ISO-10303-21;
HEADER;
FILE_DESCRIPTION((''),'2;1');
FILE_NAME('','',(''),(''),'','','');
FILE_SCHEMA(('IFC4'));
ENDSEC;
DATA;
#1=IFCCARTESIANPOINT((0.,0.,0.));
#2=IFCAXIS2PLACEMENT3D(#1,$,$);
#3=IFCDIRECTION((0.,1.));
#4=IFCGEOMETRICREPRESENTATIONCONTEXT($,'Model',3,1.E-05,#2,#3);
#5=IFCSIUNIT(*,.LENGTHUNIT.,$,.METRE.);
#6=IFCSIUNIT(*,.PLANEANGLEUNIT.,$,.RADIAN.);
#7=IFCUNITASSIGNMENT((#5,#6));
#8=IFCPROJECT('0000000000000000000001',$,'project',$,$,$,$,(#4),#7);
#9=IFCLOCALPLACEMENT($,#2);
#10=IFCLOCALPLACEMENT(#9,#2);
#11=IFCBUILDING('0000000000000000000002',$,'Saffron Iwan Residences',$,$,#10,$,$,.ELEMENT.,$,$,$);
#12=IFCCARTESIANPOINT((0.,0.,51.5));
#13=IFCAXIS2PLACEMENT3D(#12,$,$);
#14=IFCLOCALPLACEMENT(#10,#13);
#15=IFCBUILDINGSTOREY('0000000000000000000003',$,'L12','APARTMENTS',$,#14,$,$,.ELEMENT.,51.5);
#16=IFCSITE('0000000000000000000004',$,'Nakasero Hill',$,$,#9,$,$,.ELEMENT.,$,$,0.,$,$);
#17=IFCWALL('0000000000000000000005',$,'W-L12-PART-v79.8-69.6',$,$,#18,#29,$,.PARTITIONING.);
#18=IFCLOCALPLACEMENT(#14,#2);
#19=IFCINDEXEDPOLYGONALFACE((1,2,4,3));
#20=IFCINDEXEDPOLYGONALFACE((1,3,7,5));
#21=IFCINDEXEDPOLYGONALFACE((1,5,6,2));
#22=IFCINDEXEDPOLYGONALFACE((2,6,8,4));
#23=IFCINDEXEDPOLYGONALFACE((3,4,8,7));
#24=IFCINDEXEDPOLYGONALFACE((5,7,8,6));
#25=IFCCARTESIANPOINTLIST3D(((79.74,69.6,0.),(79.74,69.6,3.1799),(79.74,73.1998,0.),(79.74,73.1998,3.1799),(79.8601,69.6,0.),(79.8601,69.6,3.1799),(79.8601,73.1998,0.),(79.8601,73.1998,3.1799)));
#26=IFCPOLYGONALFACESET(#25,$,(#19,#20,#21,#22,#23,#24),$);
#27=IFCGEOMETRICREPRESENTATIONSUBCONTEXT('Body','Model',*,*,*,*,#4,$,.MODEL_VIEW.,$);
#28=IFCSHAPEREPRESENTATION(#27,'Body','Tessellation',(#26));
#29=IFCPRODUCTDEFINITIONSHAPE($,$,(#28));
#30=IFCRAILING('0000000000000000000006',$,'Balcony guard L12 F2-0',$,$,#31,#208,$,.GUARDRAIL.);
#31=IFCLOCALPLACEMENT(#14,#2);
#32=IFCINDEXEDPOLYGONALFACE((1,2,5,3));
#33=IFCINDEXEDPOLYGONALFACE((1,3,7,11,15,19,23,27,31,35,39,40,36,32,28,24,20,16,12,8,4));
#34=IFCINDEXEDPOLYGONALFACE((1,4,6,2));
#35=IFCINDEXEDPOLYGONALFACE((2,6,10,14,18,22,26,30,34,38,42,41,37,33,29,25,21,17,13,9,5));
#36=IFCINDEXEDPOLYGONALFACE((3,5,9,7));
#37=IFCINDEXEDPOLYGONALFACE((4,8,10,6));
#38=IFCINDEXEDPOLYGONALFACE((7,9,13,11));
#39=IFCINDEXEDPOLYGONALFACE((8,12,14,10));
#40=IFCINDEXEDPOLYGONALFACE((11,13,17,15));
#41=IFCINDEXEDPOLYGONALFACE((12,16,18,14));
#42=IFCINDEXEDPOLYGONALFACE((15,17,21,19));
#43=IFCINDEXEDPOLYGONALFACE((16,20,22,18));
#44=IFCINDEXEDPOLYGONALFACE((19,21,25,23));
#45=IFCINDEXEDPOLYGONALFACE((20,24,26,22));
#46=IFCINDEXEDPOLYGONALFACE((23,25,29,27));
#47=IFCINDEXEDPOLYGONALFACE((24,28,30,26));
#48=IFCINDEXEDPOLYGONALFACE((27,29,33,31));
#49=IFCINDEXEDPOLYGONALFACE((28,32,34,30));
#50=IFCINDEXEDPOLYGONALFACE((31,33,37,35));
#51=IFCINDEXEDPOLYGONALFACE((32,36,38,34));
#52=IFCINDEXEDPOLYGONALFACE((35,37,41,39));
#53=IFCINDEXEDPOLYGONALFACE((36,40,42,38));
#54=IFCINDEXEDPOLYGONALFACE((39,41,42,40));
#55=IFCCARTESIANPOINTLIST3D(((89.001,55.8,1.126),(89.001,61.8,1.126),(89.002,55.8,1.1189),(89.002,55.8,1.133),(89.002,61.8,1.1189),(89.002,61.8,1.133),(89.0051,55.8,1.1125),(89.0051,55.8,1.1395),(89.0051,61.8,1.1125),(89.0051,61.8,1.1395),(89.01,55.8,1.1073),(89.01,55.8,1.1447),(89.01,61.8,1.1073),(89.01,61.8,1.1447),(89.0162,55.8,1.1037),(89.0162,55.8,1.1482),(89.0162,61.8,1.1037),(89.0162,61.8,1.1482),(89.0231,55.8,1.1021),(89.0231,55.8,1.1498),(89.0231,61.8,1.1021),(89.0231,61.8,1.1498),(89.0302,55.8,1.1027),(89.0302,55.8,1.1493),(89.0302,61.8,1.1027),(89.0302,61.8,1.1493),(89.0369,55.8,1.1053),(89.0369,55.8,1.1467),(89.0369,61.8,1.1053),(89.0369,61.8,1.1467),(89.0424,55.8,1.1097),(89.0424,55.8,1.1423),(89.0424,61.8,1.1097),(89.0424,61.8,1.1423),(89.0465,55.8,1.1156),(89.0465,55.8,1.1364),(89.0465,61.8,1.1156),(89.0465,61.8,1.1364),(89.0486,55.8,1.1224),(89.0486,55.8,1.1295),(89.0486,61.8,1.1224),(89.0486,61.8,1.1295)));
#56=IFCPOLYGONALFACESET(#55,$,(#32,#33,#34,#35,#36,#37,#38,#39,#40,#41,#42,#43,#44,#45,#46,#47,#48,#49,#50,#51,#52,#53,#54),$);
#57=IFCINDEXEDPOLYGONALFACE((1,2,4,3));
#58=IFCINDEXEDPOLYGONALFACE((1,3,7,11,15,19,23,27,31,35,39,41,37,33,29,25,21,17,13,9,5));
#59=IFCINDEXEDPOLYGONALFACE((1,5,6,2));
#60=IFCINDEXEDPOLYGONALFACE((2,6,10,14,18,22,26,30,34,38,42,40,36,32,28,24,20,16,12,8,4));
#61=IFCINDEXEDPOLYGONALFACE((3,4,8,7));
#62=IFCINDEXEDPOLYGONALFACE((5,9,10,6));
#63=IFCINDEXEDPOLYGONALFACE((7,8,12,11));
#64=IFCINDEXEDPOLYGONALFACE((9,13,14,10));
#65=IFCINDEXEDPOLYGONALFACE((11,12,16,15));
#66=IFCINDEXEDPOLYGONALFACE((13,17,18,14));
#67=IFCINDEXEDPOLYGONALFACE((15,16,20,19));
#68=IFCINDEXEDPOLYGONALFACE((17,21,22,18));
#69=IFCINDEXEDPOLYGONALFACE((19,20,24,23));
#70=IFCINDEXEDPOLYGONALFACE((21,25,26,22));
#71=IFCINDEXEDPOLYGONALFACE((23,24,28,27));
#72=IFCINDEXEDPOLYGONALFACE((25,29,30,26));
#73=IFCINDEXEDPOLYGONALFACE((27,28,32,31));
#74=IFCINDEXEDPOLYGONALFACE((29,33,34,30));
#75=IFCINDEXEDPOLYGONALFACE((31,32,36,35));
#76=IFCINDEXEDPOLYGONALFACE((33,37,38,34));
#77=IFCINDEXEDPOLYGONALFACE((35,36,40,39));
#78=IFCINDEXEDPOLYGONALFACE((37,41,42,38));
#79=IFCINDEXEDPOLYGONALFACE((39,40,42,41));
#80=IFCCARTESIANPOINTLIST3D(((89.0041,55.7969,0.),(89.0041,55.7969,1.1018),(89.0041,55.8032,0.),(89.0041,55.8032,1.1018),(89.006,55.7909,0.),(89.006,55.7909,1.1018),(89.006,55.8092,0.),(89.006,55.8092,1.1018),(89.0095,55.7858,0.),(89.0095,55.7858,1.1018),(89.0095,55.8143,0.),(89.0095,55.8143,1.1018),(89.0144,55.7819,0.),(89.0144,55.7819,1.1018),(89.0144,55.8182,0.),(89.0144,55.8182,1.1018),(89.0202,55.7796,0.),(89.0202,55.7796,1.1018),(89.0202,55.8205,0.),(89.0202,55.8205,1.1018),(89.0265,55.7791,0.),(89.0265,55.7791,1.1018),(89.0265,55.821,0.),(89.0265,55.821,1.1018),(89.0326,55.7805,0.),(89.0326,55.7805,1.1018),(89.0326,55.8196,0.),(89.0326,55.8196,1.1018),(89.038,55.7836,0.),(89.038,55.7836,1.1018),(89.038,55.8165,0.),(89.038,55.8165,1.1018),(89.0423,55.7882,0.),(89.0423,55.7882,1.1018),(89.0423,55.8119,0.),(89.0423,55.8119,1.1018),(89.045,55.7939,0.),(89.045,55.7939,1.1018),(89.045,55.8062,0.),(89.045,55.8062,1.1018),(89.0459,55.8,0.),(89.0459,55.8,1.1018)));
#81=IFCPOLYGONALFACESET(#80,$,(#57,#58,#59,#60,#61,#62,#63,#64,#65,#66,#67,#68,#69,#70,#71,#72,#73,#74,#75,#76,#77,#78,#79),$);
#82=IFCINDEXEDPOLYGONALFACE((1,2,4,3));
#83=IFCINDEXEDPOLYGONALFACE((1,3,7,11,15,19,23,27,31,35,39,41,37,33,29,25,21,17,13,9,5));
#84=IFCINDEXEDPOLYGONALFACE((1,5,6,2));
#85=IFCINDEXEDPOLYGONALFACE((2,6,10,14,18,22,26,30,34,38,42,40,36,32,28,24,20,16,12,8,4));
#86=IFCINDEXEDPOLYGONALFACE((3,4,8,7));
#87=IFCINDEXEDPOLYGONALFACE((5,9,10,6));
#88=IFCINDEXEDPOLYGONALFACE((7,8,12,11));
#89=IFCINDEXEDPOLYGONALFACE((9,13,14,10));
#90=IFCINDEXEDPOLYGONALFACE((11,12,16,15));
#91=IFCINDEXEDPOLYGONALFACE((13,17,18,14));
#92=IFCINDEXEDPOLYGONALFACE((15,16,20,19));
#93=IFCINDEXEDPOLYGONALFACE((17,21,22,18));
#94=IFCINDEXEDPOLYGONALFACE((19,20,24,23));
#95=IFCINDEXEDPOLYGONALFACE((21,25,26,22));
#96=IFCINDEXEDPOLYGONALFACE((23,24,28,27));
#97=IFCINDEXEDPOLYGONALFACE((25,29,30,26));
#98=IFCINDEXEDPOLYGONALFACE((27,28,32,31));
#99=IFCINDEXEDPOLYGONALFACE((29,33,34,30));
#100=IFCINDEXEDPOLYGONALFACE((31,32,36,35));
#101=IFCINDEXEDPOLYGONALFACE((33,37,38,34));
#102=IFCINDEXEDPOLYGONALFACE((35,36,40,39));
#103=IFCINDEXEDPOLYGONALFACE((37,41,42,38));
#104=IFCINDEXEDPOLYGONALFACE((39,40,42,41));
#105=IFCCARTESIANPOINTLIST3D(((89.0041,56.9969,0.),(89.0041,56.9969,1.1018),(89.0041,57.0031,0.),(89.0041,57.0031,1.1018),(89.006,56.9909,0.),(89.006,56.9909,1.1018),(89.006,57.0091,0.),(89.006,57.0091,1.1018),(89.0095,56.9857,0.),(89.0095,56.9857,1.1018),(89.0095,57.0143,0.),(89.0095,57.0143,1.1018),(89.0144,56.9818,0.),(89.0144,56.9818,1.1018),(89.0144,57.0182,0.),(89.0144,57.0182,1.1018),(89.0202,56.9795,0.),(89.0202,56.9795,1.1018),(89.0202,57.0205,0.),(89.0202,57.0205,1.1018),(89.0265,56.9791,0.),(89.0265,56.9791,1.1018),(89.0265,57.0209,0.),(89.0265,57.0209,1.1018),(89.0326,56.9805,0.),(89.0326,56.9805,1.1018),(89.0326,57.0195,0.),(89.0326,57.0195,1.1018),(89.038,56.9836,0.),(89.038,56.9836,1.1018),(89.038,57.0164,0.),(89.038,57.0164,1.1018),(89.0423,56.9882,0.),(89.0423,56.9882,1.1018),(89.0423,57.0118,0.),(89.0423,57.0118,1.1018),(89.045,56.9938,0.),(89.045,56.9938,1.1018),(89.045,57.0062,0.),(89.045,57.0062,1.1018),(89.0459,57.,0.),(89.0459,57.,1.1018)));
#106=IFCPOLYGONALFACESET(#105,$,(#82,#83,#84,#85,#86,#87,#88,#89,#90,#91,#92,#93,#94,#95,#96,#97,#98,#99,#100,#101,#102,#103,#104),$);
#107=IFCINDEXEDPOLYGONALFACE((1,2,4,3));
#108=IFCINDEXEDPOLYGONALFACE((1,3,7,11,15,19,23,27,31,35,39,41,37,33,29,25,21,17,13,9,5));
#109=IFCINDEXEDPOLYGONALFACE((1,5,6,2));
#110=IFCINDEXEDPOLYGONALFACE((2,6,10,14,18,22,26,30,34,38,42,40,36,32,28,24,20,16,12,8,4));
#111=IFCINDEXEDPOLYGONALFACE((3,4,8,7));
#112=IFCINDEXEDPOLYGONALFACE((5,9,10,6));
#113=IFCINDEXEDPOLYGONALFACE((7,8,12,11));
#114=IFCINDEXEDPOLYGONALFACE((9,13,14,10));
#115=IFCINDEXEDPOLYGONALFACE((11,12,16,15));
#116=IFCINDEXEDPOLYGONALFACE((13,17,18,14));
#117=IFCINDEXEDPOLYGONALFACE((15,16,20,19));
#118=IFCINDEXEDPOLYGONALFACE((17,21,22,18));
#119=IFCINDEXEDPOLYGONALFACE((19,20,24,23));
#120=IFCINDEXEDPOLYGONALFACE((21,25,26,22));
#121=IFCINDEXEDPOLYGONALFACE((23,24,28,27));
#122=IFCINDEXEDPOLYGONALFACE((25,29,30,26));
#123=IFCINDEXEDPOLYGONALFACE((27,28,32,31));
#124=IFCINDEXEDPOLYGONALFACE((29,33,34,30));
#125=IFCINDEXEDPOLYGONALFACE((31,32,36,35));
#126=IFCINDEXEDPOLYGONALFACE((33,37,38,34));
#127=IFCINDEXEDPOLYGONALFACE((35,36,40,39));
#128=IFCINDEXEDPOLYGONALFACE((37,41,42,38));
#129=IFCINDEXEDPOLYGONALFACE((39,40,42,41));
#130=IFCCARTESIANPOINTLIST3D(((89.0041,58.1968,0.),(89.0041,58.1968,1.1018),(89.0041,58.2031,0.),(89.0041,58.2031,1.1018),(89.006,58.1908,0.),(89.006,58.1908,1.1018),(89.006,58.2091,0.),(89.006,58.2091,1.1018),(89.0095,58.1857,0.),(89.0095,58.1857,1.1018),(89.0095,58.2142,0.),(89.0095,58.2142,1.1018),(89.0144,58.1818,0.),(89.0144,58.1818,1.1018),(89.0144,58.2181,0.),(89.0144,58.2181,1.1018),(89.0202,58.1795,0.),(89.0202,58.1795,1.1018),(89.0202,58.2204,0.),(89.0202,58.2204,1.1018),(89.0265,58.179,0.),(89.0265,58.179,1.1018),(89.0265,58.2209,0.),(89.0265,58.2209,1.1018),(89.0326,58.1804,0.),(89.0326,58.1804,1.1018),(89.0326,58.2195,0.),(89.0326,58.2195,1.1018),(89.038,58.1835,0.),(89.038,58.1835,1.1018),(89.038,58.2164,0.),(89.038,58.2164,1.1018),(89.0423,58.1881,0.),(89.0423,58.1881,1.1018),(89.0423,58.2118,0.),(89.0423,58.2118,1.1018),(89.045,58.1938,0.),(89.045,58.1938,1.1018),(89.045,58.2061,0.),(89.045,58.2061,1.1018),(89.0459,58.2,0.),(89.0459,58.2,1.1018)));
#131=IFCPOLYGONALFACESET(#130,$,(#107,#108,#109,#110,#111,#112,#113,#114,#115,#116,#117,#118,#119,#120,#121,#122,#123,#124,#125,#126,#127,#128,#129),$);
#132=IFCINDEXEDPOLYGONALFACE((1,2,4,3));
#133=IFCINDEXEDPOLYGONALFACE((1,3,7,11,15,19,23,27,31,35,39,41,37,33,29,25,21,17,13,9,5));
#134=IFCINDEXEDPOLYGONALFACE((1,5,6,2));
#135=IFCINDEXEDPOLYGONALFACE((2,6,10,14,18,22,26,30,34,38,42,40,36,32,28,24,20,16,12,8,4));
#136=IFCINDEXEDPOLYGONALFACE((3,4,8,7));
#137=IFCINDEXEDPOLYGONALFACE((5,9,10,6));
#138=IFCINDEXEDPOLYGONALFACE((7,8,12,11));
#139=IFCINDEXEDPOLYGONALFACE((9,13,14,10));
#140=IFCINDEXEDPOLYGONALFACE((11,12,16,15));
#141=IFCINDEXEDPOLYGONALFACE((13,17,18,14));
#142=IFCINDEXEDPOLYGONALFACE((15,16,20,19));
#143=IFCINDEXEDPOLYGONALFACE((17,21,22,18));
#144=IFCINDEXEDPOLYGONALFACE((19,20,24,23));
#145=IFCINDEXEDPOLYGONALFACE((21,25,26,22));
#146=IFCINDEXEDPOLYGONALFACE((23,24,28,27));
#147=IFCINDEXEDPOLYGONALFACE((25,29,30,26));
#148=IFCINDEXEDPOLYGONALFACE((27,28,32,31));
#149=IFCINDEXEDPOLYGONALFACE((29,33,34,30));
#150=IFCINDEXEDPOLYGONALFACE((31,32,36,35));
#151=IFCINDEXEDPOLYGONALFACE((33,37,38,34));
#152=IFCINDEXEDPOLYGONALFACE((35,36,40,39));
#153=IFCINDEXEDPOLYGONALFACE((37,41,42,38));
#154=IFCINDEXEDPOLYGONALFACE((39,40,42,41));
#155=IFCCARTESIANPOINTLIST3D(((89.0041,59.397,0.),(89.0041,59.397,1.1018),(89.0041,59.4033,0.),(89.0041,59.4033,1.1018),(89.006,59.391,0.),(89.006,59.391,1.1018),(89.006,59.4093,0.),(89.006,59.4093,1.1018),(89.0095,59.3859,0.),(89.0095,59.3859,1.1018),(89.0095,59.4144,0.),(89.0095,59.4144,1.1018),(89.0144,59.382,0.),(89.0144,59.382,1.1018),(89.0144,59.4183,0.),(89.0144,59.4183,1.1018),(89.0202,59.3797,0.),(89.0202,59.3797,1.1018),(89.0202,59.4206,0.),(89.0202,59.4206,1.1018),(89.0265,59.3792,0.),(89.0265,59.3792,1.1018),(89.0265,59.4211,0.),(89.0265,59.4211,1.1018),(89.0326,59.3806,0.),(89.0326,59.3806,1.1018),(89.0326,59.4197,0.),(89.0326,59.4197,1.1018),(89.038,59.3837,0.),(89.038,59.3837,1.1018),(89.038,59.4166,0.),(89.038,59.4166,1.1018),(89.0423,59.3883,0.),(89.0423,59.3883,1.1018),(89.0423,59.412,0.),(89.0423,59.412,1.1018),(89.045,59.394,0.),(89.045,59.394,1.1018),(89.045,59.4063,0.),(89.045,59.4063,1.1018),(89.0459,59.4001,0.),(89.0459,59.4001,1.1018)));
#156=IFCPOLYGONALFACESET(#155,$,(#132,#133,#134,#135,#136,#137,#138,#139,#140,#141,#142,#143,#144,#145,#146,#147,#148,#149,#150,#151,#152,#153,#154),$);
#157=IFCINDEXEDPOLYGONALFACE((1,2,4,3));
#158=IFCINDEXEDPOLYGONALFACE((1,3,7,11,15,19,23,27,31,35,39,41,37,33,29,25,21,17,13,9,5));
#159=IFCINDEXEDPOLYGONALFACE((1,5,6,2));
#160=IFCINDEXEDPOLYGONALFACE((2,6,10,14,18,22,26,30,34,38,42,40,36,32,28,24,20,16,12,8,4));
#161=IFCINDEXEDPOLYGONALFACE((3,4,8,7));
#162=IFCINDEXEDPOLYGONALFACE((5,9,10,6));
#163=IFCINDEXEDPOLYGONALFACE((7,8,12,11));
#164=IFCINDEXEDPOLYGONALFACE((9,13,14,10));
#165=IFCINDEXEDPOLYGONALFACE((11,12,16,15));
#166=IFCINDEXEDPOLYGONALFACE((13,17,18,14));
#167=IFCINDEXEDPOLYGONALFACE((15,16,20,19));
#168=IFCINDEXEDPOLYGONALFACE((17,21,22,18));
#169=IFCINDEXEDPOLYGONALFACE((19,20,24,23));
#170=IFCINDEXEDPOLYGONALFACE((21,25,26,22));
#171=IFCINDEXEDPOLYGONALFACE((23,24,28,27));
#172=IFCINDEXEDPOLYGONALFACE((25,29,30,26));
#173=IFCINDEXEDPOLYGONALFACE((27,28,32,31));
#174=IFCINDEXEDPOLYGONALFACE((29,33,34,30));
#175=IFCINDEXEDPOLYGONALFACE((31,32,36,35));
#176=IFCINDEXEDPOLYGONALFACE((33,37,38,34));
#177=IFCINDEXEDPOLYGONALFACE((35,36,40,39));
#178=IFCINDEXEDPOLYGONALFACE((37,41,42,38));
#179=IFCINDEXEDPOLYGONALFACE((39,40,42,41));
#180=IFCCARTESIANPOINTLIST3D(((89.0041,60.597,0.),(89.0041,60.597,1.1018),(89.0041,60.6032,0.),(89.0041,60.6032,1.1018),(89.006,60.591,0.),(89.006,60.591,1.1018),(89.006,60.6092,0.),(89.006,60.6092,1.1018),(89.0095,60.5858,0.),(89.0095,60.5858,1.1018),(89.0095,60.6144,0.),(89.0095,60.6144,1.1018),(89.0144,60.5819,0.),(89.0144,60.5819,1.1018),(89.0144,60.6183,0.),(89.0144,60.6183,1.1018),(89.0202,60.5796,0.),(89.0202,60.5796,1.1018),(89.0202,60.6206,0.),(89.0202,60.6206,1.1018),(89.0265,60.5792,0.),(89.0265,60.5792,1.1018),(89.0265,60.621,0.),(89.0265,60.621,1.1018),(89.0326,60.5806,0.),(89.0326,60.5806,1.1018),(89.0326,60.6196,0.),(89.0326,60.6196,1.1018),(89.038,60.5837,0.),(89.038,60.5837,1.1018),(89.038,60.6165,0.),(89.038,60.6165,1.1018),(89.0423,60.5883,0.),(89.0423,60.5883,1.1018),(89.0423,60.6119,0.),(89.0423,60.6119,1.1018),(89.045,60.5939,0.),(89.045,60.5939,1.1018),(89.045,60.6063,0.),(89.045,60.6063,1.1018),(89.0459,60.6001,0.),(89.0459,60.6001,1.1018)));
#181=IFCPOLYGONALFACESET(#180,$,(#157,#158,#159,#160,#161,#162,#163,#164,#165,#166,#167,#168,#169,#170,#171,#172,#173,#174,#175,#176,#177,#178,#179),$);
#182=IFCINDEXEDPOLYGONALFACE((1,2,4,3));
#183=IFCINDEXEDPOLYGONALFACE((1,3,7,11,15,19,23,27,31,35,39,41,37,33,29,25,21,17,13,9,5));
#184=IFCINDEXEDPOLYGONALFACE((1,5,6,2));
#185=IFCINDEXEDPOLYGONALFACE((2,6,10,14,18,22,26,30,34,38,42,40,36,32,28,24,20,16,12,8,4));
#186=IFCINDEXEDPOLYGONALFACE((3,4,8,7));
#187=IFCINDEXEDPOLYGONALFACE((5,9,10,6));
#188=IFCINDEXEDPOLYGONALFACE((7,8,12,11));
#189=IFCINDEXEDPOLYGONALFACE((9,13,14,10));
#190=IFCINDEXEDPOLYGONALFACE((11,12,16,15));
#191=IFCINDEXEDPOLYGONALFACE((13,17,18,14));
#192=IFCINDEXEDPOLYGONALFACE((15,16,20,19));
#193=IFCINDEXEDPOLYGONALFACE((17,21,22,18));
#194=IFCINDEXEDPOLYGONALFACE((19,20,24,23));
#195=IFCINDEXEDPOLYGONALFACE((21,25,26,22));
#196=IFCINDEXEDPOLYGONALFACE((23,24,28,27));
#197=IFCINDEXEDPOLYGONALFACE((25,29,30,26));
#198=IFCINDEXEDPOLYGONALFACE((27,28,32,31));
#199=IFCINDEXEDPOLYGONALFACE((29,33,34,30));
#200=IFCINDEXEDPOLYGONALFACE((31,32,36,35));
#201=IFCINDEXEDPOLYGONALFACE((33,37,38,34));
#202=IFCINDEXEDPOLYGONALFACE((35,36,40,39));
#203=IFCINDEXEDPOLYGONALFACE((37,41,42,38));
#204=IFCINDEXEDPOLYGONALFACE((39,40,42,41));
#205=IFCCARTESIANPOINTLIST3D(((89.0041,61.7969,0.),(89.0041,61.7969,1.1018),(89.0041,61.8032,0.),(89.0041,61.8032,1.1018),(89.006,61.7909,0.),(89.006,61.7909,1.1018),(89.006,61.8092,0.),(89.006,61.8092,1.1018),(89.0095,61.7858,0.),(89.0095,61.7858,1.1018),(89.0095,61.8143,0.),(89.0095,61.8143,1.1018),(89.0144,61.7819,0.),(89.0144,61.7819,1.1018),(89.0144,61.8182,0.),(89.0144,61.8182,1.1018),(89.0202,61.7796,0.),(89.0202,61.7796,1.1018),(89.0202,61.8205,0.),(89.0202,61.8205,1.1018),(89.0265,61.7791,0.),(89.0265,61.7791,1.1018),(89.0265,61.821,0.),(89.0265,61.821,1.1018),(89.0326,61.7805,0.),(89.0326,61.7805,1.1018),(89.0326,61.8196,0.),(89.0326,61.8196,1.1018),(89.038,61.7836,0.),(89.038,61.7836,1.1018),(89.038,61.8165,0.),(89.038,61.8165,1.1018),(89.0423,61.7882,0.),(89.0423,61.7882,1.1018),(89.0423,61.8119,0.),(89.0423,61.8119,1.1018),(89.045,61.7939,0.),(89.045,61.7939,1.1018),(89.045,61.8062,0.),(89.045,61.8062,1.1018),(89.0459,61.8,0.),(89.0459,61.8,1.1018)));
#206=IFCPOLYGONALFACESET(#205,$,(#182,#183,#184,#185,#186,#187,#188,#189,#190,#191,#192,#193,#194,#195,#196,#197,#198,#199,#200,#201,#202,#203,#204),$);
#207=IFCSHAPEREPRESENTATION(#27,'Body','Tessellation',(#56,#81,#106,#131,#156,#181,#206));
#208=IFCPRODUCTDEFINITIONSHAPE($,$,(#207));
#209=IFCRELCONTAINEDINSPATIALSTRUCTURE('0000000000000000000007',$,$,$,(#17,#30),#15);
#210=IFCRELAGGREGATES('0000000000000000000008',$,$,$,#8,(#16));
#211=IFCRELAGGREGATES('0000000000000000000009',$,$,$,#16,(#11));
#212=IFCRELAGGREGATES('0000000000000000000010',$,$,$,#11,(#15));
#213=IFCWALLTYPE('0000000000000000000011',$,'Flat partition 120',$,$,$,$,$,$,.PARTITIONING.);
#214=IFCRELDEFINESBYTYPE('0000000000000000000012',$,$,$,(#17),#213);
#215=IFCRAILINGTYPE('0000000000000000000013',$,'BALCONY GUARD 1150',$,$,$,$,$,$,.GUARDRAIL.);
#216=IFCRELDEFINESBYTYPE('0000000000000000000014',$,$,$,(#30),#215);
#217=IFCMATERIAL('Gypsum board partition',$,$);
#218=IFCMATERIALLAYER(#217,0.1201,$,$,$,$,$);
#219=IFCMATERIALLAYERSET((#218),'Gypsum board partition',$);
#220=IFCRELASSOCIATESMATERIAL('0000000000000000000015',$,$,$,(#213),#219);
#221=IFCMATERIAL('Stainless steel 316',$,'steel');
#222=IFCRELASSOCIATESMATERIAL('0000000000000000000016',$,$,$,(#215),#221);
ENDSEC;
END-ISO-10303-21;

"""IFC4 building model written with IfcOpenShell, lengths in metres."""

from ifc_helpers import new_model, si_unit, direction, frame, frame_2d, origin, origin_2d, place, context, subcontext, project, spatial, rectangle, circle, extrude, material, layer, layer_set, type_object, element, save


model = new_model("IFC4")

# Units and contexts
model_context = context("Model", 3, precision=1e-05, world=origin(), true_north=direction((0.0, 1.0)))
body_context = subcontext(model_context, "Body", "Model", "MODEL_VIEW")
ifc_project = project(units=[si_unit("LENGTHUNIT", "METRE"), si_unit("PLANEANGLEUNIT", "RADIAN")], contexts=[model_context])

# Site, building, storey
site_placement = place(None, origin())
site = spatial("IfcSite", under=ifc_project, at=site_placement, Name="Nakasero Hill", CompositionType="ELEMENT", RefElevation=0.0)
building_placement = place(site_placement, origin())
building = spatial("IfcBuilding", under=site, at=building_placement, Name="Saffron Iwan Residences", CompositionType="ELEMENT")
storey_placement = place(building_placement, frame((0.0, 0.0, 51.5)))
storey = spatial("IfcBuildingStorey", under=building, at=storey_placement, Name="L12", Description="APARTMENTS", CompositionType="ELEMENT", Elevation=51.5)

# Shared definitions
ifc_material_1 = material(Name="Gypsum board partition")
ifc_layer_1 = layer(ifc_material_1, 0.1201)
ifc_layer_set_1 = layer_set([ifc_layer_1], Name="Gypsum board partition")
wall_type_1 = type_object("IfcWallType", Name="Flat partition 120", PredefinedType="PARTITIONING", material=ifc_layer_set_1)

# Wall
wall_1_placement = place(storey_placement, frame((79.8, 69.6001, 0.0), z_axis=(0.0, 0.0, 1.0), x_axis=(0.0, 1.0, 0.0)))
element("IfcWall", 1, at=wall_1_placement, inside=storey, type_object=wall_type_1, Name="W-L12-PART-v79.8-69.6", PredefinedType="PARTITIONING", context=body_context, shape_type="SweptSolid", body=[
    extrude(rectangle(XDim=3.5999, YDim=0.1201, at=frame_2d((1.7998, 0.0))), origin(), (0.0, 0.0, 1.0), 3.1799),
])

# Railing
ifc_material_2 = material(Name="Stainless steel 316", Category="steel")
railing_type = type_object("IfcRailingType", Name="BALCONY GUARD 1150", PredefinedType="GUARDRAIL", material=ifc_material_2)
railing_placement = place(storey_placement, frame((89.0249, 55.8, 0.0)))
element("IfcRailing", 2, at=railing_placement, inside=storey, type_object=railing_type, Name="Balcony guard L12 F2-0", PredefinedType="GUARDRAIL", context=body_context, shape_type="SweptSolid", body=[
    extrude(circle(Radius=0.0239, at=origin_2d()), frame((0.0, 0.0, 1.126), z_axis=(0.0, 1.0, 0.0), x_axis=(-1.0, 0.0, 0.0)), (0.0, 0.0, 1.0), 6.0),
    extrude(circle(Radius=0.021, at=origin_2d()), origin(), (0.0, 0.0, 1.0), 1.1018),
    extrude(circle(Radius=0.021, at=origin_2d()), frame((0.0, 1.2, 0.0)), (0.0, 0.0, 1.0), 1.1018),
    extrude(circle(Radius=0.021, at=origin_2d()), frame((0.0, 2.3999, 0.0)), (0.0, 0.0, 1.0), 1.1018),
    extrude(circle(Radius=0.021, at=origin_2d()), frame((0.0, 3.6001, 0.0)), (0.0, 0.0, 1.0), 1.1018),
    extrude(circle(Radius=0.021, at=origin_2d()), frame((0.0, 4.8, 0.0)), (0.0, 0.0, 1.0), 1.1018),
    extrude(circle(Radius=0.021, at=origin_2d()), frame((0.0, 6.0, 0.0)), (0.0, 0.0, 1.0), 1.1018),
])

save(model, "model.ifc")
